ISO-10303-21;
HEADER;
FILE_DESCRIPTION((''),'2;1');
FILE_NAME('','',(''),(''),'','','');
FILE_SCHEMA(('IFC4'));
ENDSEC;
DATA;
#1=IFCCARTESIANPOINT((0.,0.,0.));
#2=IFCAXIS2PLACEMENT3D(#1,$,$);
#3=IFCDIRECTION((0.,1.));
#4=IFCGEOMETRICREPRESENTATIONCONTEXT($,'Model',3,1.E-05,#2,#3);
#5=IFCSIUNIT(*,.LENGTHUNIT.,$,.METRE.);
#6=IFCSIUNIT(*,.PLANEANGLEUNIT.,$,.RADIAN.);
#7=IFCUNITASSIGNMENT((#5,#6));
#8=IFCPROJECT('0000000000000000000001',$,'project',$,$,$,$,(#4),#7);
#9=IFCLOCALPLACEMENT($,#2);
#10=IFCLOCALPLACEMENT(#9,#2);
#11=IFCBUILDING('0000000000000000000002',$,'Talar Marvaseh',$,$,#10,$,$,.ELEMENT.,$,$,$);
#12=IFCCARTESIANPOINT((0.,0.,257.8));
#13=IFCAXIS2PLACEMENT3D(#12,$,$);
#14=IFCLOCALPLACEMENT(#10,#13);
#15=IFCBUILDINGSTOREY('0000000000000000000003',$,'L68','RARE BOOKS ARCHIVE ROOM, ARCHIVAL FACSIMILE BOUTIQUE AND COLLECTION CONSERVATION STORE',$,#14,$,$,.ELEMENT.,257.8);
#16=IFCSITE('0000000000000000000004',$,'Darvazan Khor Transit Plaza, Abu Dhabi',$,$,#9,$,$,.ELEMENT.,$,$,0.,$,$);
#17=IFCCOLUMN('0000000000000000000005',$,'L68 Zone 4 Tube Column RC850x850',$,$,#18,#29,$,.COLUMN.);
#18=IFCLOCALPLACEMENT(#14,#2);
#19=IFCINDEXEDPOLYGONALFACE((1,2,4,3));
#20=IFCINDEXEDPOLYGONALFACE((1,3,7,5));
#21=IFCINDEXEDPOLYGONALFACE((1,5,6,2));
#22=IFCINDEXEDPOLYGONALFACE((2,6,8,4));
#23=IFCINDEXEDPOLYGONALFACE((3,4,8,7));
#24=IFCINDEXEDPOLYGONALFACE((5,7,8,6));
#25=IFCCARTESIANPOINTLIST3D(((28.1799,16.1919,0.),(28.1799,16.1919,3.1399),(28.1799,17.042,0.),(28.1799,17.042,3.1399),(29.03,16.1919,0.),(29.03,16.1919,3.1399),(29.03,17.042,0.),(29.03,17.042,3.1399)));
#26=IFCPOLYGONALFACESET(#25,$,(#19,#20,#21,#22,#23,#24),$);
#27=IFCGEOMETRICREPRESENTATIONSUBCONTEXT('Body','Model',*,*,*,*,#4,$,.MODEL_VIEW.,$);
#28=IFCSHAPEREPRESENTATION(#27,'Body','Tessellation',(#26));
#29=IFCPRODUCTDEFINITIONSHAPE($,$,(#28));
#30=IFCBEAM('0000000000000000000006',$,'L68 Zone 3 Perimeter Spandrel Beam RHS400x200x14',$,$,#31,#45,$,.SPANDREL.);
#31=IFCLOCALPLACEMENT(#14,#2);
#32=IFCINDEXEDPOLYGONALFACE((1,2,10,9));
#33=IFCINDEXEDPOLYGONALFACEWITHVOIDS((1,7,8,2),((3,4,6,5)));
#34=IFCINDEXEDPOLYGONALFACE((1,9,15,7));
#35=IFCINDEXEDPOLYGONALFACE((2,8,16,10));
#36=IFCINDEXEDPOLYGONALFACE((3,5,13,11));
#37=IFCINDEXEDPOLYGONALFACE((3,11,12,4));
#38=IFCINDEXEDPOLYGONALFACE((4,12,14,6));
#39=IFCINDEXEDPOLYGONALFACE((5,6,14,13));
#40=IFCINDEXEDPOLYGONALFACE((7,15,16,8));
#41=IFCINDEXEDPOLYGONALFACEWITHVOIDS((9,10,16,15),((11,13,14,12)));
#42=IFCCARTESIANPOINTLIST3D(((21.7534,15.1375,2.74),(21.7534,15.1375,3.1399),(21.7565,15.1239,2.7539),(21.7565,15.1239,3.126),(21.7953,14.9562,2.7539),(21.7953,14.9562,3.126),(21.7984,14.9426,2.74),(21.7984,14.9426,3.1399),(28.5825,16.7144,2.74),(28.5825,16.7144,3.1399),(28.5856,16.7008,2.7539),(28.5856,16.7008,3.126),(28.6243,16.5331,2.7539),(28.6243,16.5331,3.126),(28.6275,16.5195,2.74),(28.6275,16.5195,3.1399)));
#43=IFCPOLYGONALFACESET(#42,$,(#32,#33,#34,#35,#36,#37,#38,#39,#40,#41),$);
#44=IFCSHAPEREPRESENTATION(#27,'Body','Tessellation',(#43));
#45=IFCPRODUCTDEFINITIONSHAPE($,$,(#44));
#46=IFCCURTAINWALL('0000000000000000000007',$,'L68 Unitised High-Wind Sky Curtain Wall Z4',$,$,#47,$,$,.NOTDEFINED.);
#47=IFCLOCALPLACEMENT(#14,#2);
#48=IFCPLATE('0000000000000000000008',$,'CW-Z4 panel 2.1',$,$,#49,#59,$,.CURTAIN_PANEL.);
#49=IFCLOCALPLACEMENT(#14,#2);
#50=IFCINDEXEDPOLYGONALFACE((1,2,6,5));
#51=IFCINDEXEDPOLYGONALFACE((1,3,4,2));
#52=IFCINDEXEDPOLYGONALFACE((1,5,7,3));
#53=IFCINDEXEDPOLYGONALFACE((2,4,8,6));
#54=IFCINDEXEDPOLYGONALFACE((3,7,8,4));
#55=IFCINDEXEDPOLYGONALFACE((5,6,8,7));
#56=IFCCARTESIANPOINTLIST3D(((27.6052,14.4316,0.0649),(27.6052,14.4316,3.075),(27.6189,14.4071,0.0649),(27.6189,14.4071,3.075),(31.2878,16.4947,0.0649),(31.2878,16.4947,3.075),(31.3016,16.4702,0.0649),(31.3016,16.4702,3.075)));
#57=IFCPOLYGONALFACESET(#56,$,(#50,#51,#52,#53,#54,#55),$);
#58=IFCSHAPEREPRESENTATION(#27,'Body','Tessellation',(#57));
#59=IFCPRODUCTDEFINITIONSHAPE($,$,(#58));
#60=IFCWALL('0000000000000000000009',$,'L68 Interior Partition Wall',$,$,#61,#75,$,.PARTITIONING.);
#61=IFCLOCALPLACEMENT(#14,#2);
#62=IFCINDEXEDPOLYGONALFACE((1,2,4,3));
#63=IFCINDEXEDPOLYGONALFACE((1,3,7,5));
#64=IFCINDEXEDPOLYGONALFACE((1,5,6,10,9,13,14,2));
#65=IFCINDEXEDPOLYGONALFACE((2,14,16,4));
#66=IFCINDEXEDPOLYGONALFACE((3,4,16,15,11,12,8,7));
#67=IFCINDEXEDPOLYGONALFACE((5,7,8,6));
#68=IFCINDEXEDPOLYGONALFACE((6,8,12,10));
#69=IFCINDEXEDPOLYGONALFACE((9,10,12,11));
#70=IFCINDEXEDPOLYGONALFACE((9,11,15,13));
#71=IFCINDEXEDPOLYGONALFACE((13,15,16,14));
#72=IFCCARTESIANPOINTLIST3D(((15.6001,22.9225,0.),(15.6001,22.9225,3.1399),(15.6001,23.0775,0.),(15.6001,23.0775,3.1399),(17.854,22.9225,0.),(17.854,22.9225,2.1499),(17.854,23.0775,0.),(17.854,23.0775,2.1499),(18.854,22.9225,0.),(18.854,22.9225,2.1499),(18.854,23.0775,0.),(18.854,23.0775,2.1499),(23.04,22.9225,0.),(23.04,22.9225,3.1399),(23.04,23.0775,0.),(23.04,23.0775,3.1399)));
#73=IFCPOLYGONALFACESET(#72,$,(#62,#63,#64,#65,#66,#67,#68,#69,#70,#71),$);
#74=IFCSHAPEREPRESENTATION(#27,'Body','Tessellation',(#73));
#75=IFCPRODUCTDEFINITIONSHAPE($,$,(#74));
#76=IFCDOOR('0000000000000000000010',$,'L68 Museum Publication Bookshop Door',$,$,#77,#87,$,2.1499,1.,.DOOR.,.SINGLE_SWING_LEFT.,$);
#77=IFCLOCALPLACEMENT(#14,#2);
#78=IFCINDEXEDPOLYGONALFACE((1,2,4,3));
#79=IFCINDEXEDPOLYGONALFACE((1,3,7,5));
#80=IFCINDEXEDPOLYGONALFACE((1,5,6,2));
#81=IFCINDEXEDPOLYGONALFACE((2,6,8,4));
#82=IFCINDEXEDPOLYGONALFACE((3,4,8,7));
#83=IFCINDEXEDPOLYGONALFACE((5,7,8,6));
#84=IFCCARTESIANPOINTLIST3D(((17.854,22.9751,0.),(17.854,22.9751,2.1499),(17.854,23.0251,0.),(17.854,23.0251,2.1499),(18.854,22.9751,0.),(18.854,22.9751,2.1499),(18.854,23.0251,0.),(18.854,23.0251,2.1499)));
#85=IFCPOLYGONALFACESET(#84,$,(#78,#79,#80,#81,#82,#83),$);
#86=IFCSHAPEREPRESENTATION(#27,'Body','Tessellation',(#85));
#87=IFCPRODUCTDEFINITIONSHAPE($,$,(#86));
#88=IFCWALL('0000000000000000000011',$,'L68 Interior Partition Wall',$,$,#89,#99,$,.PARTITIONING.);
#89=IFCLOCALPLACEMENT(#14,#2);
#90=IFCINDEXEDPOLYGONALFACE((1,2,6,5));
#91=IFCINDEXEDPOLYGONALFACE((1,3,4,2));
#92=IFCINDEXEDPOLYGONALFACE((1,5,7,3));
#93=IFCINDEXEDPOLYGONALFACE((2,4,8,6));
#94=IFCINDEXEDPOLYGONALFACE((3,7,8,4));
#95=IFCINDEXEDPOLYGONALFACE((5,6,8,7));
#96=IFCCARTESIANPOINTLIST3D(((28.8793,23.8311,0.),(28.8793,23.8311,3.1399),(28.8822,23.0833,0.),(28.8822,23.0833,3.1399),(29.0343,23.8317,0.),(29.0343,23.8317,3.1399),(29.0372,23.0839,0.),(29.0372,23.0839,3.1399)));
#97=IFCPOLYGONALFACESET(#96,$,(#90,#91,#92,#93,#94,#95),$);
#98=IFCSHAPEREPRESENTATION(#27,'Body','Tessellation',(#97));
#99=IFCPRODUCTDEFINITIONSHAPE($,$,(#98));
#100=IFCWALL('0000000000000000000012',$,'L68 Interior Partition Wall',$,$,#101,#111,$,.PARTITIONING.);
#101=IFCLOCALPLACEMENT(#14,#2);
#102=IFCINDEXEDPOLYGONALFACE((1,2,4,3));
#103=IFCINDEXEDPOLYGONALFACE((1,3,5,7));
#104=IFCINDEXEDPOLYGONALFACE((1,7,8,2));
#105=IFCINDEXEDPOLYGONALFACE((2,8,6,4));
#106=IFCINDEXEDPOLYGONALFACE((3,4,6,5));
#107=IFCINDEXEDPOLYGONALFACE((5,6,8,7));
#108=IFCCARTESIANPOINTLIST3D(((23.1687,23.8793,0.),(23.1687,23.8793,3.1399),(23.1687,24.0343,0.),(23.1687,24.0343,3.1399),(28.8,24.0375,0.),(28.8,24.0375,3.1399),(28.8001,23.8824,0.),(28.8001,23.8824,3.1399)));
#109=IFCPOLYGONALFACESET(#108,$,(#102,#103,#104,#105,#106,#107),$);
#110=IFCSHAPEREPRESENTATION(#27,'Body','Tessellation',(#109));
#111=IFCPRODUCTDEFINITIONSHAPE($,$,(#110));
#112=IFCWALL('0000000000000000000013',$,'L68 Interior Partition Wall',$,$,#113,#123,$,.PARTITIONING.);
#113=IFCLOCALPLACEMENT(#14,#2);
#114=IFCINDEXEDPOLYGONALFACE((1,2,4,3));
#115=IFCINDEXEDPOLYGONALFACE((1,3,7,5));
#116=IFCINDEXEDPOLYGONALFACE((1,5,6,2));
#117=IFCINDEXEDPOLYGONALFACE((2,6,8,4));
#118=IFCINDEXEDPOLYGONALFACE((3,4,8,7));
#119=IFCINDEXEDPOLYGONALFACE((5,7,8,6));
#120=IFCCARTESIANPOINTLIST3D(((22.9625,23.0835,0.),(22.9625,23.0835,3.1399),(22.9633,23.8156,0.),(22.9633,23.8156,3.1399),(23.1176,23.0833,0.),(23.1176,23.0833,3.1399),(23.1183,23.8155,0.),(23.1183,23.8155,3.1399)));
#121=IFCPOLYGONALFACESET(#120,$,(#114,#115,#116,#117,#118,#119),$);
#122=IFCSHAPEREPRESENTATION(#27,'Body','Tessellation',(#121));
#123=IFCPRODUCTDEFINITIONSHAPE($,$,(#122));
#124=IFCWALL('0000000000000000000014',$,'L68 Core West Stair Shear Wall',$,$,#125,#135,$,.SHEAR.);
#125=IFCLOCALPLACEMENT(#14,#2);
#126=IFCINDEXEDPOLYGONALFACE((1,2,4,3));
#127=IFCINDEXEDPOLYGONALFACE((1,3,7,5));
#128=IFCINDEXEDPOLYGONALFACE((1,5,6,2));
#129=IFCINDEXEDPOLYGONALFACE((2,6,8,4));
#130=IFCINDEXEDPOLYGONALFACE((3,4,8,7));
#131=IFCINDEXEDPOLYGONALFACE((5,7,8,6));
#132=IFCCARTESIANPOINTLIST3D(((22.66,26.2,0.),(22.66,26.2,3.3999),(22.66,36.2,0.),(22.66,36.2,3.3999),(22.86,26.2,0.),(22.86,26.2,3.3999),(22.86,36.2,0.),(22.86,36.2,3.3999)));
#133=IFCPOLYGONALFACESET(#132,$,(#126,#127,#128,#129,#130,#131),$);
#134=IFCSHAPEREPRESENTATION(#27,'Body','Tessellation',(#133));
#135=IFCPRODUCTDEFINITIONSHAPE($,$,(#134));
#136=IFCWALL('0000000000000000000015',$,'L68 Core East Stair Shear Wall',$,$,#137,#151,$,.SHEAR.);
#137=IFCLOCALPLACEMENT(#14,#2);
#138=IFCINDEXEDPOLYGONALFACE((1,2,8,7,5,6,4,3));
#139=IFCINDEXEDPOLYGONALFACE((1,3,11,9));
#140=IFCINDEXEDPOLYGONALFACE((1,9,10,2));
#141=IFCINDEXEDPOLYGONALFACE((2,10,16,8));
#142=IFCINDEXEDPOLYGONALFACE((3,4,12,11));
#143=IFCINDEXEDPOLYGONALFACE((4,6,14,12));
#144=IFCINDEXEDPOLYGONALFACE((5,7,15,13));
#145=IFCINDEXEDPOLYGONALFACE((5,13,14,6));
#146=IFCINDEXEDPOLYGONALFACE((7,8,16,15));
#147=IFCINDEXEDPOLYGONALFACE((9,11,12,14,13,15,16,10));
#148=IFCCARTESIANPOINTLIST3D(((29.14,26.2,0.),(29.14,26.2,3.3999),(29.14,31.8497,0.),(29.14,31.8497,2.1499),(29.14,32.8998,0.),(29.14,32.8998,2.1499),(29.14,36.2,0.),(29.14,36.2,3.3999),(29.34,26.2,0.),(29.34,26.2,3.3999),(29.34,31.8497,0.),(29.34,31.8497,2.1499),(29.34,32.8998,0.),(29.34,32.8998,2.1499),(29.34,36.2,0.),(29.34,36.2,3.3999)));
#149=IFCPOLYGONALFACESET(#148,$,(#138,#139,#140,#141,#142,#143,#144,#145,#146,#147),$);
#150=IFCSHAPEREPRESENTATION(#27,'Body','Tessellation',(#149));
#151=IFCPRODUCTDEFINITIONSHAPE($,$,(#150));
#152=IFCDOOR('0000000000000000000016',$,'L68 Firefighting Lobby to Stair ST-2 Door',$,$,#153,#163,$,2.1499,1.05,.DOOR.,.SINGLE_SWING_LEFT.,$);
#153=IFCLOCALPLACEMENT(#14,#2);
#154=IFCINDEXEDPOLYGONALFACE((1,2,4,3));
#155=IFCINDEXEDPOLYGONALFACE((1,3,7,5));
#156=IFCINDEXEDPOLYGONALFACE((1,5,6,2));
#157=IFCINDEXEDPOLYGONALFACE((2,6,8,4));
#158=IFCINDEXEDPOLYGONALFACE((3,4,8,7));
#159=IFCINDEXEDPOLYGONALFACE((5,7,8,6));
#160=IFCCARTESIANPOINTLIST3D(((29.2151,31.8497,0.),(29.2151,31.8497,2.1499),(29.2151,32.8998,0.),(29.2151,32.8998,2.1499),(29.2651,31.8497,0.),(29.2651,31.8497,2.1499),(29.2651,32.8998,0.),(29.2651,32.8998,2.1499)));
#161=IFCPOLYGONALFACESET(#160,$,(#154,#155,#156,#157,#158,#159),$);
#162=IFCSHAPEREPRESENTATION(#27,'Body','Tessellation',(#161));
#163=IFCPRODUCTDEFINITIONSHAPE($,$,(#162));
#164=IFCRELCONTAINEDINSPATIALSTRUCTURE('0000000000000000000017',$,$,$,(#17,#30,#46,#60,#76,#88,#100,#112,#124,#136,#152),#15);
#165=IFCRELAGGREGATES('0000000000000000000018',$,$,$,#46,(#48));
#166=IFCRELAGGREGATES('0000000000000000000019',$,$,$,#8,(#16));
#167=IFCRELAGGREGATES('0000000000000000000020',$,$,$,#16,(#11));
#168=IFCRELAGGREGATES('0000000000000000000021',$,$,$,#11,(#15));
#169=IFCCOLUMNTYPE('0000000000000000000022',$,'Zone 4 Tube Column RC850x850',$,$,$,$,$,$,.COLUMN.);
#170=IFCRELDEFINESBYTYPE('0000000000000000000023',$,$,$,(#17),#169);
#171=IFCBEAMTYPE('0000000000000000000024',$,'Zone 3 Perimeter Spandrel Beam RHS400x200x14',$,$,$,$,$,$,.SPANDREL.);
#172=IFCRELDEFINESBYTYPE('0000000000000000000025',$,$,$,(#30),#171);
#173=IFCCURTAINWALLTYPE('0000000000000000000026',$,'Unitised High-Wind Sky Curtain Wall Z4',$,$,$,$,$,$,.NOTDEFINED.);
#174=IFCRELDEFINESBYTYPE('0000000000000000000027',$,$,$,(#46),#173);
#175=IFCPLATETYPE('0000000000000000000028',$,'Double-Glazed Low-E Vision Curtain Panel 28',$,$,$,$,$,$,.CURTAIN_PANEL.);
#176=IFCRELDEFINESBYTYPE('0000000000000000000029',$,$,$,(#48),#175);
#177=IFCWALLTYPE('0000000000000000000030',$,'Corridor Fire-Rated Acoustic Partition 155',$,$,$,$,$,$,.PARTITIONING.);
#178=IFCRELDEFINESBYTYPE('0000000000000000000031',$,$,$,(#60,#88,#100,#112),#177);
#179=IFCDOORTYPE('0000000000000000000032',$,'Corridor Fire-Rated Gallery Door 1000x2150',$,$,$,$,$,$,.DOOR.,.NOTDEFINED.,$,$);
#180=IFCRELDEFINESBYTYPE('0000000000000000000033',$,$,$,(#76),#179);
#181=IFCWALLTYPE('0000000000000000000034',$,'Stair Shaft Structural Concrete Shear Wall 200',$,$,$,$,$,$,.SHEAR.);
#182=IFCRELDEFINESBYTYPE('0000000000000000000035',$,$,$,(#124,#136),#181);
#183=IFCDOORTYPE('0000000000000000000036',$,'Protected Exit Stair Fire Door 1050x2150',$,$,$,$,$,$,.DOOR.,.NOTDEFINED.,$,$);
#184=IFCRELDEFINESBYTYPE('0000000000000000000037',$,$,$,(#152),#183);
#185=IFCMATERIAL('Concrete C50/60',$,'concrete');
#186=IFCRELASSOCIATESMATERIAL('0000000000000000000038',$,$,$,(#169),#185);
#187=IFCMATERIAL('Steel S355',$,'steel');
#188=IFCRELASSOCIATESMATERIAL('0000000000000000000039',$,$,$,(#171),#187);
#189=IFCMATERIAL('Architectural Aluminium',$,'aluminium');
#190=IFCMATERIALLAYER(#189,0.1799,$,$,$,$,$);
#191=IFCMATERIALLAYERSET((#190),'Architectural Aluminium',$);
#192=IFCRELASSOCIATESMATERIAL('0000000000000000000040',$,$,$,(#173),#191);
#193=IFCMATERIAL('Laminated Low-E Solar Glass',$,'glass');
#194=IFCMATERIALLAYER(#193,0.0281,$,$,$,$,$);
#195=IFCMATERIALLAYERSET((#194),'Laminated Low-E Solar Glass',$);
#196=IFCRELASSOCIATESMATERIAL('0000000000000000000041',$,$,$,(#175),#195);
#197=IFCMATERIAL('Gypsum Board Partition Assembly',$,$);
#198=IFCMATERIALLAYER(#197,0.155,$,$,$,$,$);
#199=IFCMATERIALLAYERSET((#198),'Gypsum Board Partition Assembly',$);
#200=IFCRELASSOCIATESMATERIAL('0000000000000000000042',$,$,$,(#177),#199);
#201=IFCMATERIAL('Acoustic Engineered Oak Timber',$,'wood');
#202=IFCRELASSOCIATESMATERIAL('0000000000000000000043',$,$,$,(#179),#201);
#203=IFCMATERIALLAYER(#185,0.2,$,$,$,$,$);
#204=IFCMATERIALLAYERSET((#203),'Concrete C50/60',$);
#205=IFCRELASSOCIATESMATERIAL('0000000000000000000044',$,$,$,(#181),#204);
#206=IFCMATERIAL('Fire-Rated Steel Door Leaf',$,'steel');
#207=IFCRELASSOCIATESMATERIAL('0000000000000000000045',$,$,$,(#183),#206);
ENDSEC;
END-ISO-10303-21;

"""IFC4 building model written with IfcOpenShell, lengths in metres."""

from ifc_helpers import new_model, si_unit, direction, frame, frame_2d, origin, origin_2d, place, context, subcontext, project, spatial, rectangle, hollow_rectangle, extrude, source, transform, mapped, material, layer, layer_set, material_profile, profile_set, type_object, type_shapes, element, fill, aggregate, save


model = new_model("IFC4")

# Units and contexts
model_context = context("Model", 3, precision=1e-05, world=origin(), true_north=direction((0.0, 1.0)))
body_context = subcontext(model_context, "Body", "Model", "MODEL_VIEW")
ifc_project = project(units=[si_unit("LENGTHUNIT", "METRE"), si_unit("PLANEANGLEUNIT", "RADIAN")], contexts=[model_context])

# Site, building, storey
site_placement = place(None, origin())
site = spatial("IfcSite", under=ifc_project, at=site_placement, Name="Darvazan Khor Transit Plaza, Abu Dhabi", CompositionType="ELEMENT", RefElevation=0.0)
building_placement = place(site_placement, origin())
building = spatial("IfcBuilding", under=site, at=building_placement, Name="Talar Marvaseh", CompositionType="ELEMENT")
storey_placement = place(building_placement, frame((0.0, 0.0, 257.8)))
storey = spatial("IfcBuildingStorey", under=building, at=storey_placement, Name="L68", Description="RARE BOOKS ARCHIVE ROOM, ARCHIVAL FACSIMILE BOUTIQUE AND COLLECTION CONSERVATION STORE", CompositionType="ELEMENT", Elevation=257.8)

# Column
ifc_material_1 = material(Name="Concrete C50/60", Category="concrete")
ifc_material_profile_1 = material_profile(ifc_material_1, rectangle(XDim=0.8501, YDim=0.8501, at=origin_2d()), Name="RC850x850")
ifc_profile_set_1 = profile_set([ifc_material_profile_1], Name="Concrete C50/60")
column_type = type_object("IfcColumnType", Name="Zone 4 Tube Column RC850x850", PredefinedType="COLUMN", material=ifc_profile_set_1)
column_placement = place(storey_placement, frame((28.605, 16.6169, 0.0), z_axis=(0.0, 0.0, 1.0), x_axis=(1.0, 0.0, 0.0)))
element("IfcColumn", 1, at=column_placement, inside=storey, type_object=column_type, Name="L68 Zone 4 Tube Column RC850x850", PredefinedType="COLUMN", context=body_context, shape_type="SweptSolid", body=[
    extrude(rectangle(XDim=0.8501, YDim=0.8501, at=origin_2d()), origin(), (0.0, 0.0, 1.0), 3.1399),
])

# Beam
ifc_material_2 = material(Name="Steel S355", Category="steel")
ifc_material_profile_2 = material_profile(ifc_material_2, hollow_rectangle(XDim=0.2, YDim=0.3999, WallThickness=0.0139, at=origin_2d()), Name="RHS400x200x14")
ifc_profile_set_2 = profile_set([ifc_material_profile_2], Name="Steel S355")
beam_type = type_object("IfcBeamType", Name="Zone 3 Perimeter Spandrel Beam RHS400x200x14", PredefinedType="SPANDREL", material=ifc_profile_set_2)
beam_placement = place(storey_placement, frame((28.605, 16.6169, 2.9399), z_axis=(-0.974361, -0.224989, 0.0), x_axis=(0.224989, -0.974361, 0.0)))
element("IfcBeam", 2, at=beam_placement, inside=storey, type_object=beam_type, Name="L68 Zone 3 Perimeter Spandrel Beam RHS400x200x14", PredefinedType="SPANDREL", context=body_context, shape_type="SweptSolid", body=[
    extrude(hollow_rectangle(XDim=0.2, YDim=0.3999, WallThickness=0.0139, at=origin_2d()), origin(), (0.0, 0.0, 1.0), 7.0088),
])

# Curtain wall, plate
ifc_material_3 = material(Name="Architectural Aluminium", Category="aluminium")
ifc_layer_1 = layer(ifc_material_3, 0.1799)
ifc_layer_set_1 = layer_set([ifc_layer_1], Name="Architectural Aluminium")
curtain_wall_type = type_object("IfcCurtainWallType", Name="Unitised High-Wind Sky Curtain Wall Z4", PredefinedType="NOTDEFINED", material=ifc_layer_set_1)
curtain_wall_placement = place(storey_placement, origin())
curtain_wall = element("IfcCurtainWall", 3, at=curtain_wall_placement, inside=storey, type_object=curtain_wall_type, Name="L68 Unitised High-Wind Sky Curtain Wall Z4", PredefinedType="NOTDEFINED")
ifc_material_4 = material(Name="Laminated Low-E Solar Glass", Category="glass")
ifc_layer_2 = layer(ifc_material_4, 0.0281)
ifc_layer_set_2 = layer_set([ifc_layer_2], Name="Laminated Low-E Solar Glass")
plate_type = type_object("IfcPlateType", Name="Double-Glazed Low-E Vision Curtain Panel 28", PredefinedType="CURTAIN_PANEL", material=ifc_layer_set_2)
shared_shape_1 = source(origin(), body_context, "Body", "SweptSolid", [
    extrude(rectangle(XDim=4.2212, YDim=0.0281, at=origin_2d()), origin(), (0.0, 0.0, 1.0), 3.01),
])
type_shapes(plate_type, [shared_shape_1])
plate_placement = place(storey_placement, frame((29.4534, 15.4509, 0.0649), z_axis=(0.0, 0.0, 1.0), x_axis=(-0.872422, -0.488754, 0.0)))
plate = element("IfcPlate", 4, at=plate_placement, type_object=plate_type, Name="CW-Z4 panel 2.1", PredefinedType="CURTAIN_PANEL", context=body_context, shape_type="MappedRepresentation", body=[
    mapped(shared_shape_1, transform((0.0, 0.0, 0.0), x_axis=(1.0, 0.0, 0.0), y_axis=(0.0, 1.0, 0.0), z_axis=(0.0, 0.0, 1.0), scale=1.0)),
])
aggregate(curtain_wall, [plate])

# Wall, opening, door
ifc_material_5 = material(Name="Gypsum Board Partition Assembly")
ifc_layer_3 = layer(ifc_material_5, 0.155)
ifc_layer_set_3 = layer_set([ifc_layer_3], Name="Gypsum Board Partition Assembly")
wall_type_1 = type_object("IfcWallType", Name="Corridor Fire-Rated Acoustic Partition 155", PredefinedType="PARTITIONING", material=ifc_layer_set_3)
wall_1_placement = place(storey_placement, frame((23.04, 23.0, 0.0), z_axis=(0.0, 0.0, 1.0), x_axis=(-1.0, 0.0, 0.0)))
wall_1 = element("IfcWall", 5, at=wall_1_placement, inside=storey, type_object=wall_type_1, Name="L68 Interior Partition Wall", PredefinedType="PARTITIONING", context=body_context, shape_type="SweptSolid", body=[
    extrude(rectangle(XDim=7.4399, YDim=0.155, at=frame_2d((3.72, 0.0))), origin(), (0.0, 0.0, 1.0), 3.1399),
])
opening_1_placement = place(wall_1_placement, frame((4.186, 0.0, 0.0)))
opening_1 = element("IfcOpeningElement", 6, at=opening_1_placement, cuts=wall_1, PredefinedType="OPENING", context=body_context, shape_type="SweptSolid", body=[
    extrude(rectangle(XDim=1.0, YDim=2.1499, at=frame_2d((0.5, 1.075))), frame((0.0, 0.0874, 0.0), z_axis=(0.0, -1.0, 0.0), x_axis=(1.0, 0.0, 0.0)), (0.0, 0.0, 1.0), 0.175),
])
ifc_material_6 = material(Name="Acoustic Engineered Oak Timber", Category="wood")
door_type_1 = type_object("IfcDoorType", Name="Corridor Fire-Rated Gallery Door 1000x2150", OperationType="NOTDEFINED", PredefinedType="DOOR", material=ifc_material_6)
shared_shape_2 = source(origin(), body_context, "Body", "SweptSolid", [
    extrude(rectangle(XDim=1.0, YDim=2.1499, at=frame_2d((0.5, 1.075))), frame((0.0, 0.0249, 0.0), z_axis=(0.0, -1.0, 0.0), x_axis=(1.0, 0.0, 0.0)), (0.0, 0.0, 1.0), 0.05),
])
type_shapes(door_type_1, [shared_shape_2])
door_1_placement = place(opening_1_placement, origin())
door_1 = element("IfcDoor", 7, at=door_1_placement, inside=storey, type_object=door_type_1, Name="L68 Museum Publication Bookshop Door", OperationType="SINGLE_SWING_LEFT", OverallHeight=2.1499, OverallWidth=1.0, PredefinedType="DOOR", context=body_context, shape_type="MappedRepresentation", body=[
    mapped(shared_shape_2, transform((0.0, 0.0, 0.0), x_axis=(1.0, 0.0, 0.0), y_axis=(0.0, 1.0, 0.0), z_axis=(0.0, 0.0, 1.0), scale=1.0)),
])
fill(opening_1, door_1)

# Walls
wall_2_placement = place(storey_placement, frame((28.9597, 23.0835, 0.0), z_axis=(0.0, 0.0, 1.0), x_axis=(-0.003918, 0.999992, 0.0)))
element("IfcWall", 8, at=wall_2_placement, inside=storey, type_object=wall_type_1, Name="L68 Interior Partition Wall", PredefinedType="PARTITIONING", context=body_context, shape_type="SweptSolid", body=[
    extrude(rectangle(XDim=0.7478, YDim=0.155, at=frame_2d((0.374, 0.0))), origin(), (0.0, 0.0, 1.0), 3.1399),
])
wall_3_placement = place(storey_placement, frame((28.8, 23.96, 0.0), z_axis=(0.0, 0.0, 1.0), x_axis=(-1.0, -0.000564, 0.0)))
element("IfcWall", 9, at=wall_3_placement, inside=storey, type_object=wall_type_1, Name="L68 Interior Partition Wall", PredefinedType="PARTITIONING", context=body_context, shape_type="SweptSolid", body=[
    extrude(rectangle(XDim=5.6313, YDim=0.155, at=frame_2d((2.8157, 0.0))), origin(), (0.0, 0.0, 1.0), 3.1399),
])
wall_4_placement = place(storey_placement, frame((23.0408, 23.8157, 0.0), z_axis=(0.0, 0.0, 1.0), x_axis=(-0.001, -0.999999, 0.0)))
element("IfcWall", 10, at=wall_4_placement, inside=storey, type_object=wall_type_1, Name="L68 Interior Partition Wall", PredefinedType="PARTITIONING", context=body_context, shape_type="SweptSolid", body=[
    extrude(rectangle(XDim=0.7322, YDim=0.155, at=frame_2d((0.3662, 0.0))), origin(), (0.0, 0.0, 1.0), 3.1399),
])
ifc_layer_4 = layer(ifc_material_1, 0.2)
ifc_layer_set_4 = layer_set([ifc_layer_4], Name="Concrete C50/60")
wall_type_2 = type_object("IfcWallType", Name="Stair Shaft Structural Concrete Shear Wall 200", PredefinedType="SHEAR", material=ifc_layer_set_4)
wall_5_placement = place(storey_placement, frame((22.76, 26.2, 0.0), z_axis=(0.0, 0.0, 1.0), x_axis=(0.0, 1.0, 0.0)))
element("IfcWall", 11, at=wall_5_placement, inside=storey, type_object=wall_type_2, Name="L68 Core West Stair Shear Wall", PredefinedType="SHEAR", context=body_context, shape_type="SweptSolid", body=[
    extrude(rectangle(XDim=10.0, YDim=0.2, at=frame_2d((5.0, 0.0))), origin(), (0.0, 0.0, 1.0), 3.3999),
])

# Wall, opening, door
wall_6_placement = place(storey_placement, frame((29.24, 26.2, 0.0), z_axis=(0.0, 0.0, 1.0), x_axis=(0.0, 1.0, 0.0)))
wall_6 = element("IfcWall", 12, at=wall_6_placement, inside=storey, type_object=wall_type_2, Name="L68 Core East Stair Shear Wall", PredefinedType="SHEAR", context=body_context, shape_type="SweptSolid", body=[
    extrude(rectangle(XDim=10.0, YDim=0.2, at=frame_2d((5.0, 0.0))), origin(), (0.0, 0.0, 1.0), 3.3999),
])
opening_2_placement = place(wall_6_placement, frame((5.6499, 0.0, 0.0)))
opening_2 = element("IfcOpeningElement", 13, at=opening_2_placement, cuts=wall_6, PredefinedType="OPENING", context=body_context, shape_type="SweptSolid", body=[
    extrude(rectangle(XDim=1.05, YDim=2.1499, at=frame_2d((0.5249, 1.075))), frame((0.0, 0.1099, 0.0), z_axis=(0.0, -1.0, 0.0), x_axis=(1.0, 0.0, 0.0)), (0.0, 0.0, 1.0), 0.22),
])
ifc_material_7 = material(Name="Fire-Rated Steel Door Leaf", Category="steel")
door_type_2 = type_object("IfcDoorType", Name="Protected Exit Stair Fire Door 1050x2150", OperationType="NOTDEFINED", PredefinedType="DOOR", material=ifc_material_7)
shared_shape_3 = source(origin(), body_context, "Body", "SweptSolid", [
    extrude(rectangle(XDim=1.05, YDim=2.1499, at=frame_2d((0.5249, 1.075))), frame((0.0, 0.0249, 0.0), z_axis=(0.0, -1.0, 0.0), x_axis=(1.0, 0.0, 0.0)), (0.0, 0.0, 1.0), 0.05),
])
type_shapes(door_type_2, [shared_shape_3])
door_2_placement = place(opening_2_placement, origin())
door_2 = element("IfcDoor", 14, at=door_2_placement, inside=storey, type_object=door_type_2, Name="L68 Firefighting Lobby to Stair ST-2 Door", OperationType="SINGLE_SWING_LEFT", OverallHeight=2.1499, OverallWidth=1.05, PredefinedType="DOOR", context=body_context, shape_type="MappedRepresentation", body=[
    mapped(shared_shape_3, transform((0.0, 0.0, 0.0), x_axis=(1.0, 0.0, 0.0), y_axis=(0.0, 1.0, 0.0), z_axis=(0.0, 0.0, 1.0), scale=1.0)),
])
fill(opening_2, door_2)

save(model, "model.ifc")
